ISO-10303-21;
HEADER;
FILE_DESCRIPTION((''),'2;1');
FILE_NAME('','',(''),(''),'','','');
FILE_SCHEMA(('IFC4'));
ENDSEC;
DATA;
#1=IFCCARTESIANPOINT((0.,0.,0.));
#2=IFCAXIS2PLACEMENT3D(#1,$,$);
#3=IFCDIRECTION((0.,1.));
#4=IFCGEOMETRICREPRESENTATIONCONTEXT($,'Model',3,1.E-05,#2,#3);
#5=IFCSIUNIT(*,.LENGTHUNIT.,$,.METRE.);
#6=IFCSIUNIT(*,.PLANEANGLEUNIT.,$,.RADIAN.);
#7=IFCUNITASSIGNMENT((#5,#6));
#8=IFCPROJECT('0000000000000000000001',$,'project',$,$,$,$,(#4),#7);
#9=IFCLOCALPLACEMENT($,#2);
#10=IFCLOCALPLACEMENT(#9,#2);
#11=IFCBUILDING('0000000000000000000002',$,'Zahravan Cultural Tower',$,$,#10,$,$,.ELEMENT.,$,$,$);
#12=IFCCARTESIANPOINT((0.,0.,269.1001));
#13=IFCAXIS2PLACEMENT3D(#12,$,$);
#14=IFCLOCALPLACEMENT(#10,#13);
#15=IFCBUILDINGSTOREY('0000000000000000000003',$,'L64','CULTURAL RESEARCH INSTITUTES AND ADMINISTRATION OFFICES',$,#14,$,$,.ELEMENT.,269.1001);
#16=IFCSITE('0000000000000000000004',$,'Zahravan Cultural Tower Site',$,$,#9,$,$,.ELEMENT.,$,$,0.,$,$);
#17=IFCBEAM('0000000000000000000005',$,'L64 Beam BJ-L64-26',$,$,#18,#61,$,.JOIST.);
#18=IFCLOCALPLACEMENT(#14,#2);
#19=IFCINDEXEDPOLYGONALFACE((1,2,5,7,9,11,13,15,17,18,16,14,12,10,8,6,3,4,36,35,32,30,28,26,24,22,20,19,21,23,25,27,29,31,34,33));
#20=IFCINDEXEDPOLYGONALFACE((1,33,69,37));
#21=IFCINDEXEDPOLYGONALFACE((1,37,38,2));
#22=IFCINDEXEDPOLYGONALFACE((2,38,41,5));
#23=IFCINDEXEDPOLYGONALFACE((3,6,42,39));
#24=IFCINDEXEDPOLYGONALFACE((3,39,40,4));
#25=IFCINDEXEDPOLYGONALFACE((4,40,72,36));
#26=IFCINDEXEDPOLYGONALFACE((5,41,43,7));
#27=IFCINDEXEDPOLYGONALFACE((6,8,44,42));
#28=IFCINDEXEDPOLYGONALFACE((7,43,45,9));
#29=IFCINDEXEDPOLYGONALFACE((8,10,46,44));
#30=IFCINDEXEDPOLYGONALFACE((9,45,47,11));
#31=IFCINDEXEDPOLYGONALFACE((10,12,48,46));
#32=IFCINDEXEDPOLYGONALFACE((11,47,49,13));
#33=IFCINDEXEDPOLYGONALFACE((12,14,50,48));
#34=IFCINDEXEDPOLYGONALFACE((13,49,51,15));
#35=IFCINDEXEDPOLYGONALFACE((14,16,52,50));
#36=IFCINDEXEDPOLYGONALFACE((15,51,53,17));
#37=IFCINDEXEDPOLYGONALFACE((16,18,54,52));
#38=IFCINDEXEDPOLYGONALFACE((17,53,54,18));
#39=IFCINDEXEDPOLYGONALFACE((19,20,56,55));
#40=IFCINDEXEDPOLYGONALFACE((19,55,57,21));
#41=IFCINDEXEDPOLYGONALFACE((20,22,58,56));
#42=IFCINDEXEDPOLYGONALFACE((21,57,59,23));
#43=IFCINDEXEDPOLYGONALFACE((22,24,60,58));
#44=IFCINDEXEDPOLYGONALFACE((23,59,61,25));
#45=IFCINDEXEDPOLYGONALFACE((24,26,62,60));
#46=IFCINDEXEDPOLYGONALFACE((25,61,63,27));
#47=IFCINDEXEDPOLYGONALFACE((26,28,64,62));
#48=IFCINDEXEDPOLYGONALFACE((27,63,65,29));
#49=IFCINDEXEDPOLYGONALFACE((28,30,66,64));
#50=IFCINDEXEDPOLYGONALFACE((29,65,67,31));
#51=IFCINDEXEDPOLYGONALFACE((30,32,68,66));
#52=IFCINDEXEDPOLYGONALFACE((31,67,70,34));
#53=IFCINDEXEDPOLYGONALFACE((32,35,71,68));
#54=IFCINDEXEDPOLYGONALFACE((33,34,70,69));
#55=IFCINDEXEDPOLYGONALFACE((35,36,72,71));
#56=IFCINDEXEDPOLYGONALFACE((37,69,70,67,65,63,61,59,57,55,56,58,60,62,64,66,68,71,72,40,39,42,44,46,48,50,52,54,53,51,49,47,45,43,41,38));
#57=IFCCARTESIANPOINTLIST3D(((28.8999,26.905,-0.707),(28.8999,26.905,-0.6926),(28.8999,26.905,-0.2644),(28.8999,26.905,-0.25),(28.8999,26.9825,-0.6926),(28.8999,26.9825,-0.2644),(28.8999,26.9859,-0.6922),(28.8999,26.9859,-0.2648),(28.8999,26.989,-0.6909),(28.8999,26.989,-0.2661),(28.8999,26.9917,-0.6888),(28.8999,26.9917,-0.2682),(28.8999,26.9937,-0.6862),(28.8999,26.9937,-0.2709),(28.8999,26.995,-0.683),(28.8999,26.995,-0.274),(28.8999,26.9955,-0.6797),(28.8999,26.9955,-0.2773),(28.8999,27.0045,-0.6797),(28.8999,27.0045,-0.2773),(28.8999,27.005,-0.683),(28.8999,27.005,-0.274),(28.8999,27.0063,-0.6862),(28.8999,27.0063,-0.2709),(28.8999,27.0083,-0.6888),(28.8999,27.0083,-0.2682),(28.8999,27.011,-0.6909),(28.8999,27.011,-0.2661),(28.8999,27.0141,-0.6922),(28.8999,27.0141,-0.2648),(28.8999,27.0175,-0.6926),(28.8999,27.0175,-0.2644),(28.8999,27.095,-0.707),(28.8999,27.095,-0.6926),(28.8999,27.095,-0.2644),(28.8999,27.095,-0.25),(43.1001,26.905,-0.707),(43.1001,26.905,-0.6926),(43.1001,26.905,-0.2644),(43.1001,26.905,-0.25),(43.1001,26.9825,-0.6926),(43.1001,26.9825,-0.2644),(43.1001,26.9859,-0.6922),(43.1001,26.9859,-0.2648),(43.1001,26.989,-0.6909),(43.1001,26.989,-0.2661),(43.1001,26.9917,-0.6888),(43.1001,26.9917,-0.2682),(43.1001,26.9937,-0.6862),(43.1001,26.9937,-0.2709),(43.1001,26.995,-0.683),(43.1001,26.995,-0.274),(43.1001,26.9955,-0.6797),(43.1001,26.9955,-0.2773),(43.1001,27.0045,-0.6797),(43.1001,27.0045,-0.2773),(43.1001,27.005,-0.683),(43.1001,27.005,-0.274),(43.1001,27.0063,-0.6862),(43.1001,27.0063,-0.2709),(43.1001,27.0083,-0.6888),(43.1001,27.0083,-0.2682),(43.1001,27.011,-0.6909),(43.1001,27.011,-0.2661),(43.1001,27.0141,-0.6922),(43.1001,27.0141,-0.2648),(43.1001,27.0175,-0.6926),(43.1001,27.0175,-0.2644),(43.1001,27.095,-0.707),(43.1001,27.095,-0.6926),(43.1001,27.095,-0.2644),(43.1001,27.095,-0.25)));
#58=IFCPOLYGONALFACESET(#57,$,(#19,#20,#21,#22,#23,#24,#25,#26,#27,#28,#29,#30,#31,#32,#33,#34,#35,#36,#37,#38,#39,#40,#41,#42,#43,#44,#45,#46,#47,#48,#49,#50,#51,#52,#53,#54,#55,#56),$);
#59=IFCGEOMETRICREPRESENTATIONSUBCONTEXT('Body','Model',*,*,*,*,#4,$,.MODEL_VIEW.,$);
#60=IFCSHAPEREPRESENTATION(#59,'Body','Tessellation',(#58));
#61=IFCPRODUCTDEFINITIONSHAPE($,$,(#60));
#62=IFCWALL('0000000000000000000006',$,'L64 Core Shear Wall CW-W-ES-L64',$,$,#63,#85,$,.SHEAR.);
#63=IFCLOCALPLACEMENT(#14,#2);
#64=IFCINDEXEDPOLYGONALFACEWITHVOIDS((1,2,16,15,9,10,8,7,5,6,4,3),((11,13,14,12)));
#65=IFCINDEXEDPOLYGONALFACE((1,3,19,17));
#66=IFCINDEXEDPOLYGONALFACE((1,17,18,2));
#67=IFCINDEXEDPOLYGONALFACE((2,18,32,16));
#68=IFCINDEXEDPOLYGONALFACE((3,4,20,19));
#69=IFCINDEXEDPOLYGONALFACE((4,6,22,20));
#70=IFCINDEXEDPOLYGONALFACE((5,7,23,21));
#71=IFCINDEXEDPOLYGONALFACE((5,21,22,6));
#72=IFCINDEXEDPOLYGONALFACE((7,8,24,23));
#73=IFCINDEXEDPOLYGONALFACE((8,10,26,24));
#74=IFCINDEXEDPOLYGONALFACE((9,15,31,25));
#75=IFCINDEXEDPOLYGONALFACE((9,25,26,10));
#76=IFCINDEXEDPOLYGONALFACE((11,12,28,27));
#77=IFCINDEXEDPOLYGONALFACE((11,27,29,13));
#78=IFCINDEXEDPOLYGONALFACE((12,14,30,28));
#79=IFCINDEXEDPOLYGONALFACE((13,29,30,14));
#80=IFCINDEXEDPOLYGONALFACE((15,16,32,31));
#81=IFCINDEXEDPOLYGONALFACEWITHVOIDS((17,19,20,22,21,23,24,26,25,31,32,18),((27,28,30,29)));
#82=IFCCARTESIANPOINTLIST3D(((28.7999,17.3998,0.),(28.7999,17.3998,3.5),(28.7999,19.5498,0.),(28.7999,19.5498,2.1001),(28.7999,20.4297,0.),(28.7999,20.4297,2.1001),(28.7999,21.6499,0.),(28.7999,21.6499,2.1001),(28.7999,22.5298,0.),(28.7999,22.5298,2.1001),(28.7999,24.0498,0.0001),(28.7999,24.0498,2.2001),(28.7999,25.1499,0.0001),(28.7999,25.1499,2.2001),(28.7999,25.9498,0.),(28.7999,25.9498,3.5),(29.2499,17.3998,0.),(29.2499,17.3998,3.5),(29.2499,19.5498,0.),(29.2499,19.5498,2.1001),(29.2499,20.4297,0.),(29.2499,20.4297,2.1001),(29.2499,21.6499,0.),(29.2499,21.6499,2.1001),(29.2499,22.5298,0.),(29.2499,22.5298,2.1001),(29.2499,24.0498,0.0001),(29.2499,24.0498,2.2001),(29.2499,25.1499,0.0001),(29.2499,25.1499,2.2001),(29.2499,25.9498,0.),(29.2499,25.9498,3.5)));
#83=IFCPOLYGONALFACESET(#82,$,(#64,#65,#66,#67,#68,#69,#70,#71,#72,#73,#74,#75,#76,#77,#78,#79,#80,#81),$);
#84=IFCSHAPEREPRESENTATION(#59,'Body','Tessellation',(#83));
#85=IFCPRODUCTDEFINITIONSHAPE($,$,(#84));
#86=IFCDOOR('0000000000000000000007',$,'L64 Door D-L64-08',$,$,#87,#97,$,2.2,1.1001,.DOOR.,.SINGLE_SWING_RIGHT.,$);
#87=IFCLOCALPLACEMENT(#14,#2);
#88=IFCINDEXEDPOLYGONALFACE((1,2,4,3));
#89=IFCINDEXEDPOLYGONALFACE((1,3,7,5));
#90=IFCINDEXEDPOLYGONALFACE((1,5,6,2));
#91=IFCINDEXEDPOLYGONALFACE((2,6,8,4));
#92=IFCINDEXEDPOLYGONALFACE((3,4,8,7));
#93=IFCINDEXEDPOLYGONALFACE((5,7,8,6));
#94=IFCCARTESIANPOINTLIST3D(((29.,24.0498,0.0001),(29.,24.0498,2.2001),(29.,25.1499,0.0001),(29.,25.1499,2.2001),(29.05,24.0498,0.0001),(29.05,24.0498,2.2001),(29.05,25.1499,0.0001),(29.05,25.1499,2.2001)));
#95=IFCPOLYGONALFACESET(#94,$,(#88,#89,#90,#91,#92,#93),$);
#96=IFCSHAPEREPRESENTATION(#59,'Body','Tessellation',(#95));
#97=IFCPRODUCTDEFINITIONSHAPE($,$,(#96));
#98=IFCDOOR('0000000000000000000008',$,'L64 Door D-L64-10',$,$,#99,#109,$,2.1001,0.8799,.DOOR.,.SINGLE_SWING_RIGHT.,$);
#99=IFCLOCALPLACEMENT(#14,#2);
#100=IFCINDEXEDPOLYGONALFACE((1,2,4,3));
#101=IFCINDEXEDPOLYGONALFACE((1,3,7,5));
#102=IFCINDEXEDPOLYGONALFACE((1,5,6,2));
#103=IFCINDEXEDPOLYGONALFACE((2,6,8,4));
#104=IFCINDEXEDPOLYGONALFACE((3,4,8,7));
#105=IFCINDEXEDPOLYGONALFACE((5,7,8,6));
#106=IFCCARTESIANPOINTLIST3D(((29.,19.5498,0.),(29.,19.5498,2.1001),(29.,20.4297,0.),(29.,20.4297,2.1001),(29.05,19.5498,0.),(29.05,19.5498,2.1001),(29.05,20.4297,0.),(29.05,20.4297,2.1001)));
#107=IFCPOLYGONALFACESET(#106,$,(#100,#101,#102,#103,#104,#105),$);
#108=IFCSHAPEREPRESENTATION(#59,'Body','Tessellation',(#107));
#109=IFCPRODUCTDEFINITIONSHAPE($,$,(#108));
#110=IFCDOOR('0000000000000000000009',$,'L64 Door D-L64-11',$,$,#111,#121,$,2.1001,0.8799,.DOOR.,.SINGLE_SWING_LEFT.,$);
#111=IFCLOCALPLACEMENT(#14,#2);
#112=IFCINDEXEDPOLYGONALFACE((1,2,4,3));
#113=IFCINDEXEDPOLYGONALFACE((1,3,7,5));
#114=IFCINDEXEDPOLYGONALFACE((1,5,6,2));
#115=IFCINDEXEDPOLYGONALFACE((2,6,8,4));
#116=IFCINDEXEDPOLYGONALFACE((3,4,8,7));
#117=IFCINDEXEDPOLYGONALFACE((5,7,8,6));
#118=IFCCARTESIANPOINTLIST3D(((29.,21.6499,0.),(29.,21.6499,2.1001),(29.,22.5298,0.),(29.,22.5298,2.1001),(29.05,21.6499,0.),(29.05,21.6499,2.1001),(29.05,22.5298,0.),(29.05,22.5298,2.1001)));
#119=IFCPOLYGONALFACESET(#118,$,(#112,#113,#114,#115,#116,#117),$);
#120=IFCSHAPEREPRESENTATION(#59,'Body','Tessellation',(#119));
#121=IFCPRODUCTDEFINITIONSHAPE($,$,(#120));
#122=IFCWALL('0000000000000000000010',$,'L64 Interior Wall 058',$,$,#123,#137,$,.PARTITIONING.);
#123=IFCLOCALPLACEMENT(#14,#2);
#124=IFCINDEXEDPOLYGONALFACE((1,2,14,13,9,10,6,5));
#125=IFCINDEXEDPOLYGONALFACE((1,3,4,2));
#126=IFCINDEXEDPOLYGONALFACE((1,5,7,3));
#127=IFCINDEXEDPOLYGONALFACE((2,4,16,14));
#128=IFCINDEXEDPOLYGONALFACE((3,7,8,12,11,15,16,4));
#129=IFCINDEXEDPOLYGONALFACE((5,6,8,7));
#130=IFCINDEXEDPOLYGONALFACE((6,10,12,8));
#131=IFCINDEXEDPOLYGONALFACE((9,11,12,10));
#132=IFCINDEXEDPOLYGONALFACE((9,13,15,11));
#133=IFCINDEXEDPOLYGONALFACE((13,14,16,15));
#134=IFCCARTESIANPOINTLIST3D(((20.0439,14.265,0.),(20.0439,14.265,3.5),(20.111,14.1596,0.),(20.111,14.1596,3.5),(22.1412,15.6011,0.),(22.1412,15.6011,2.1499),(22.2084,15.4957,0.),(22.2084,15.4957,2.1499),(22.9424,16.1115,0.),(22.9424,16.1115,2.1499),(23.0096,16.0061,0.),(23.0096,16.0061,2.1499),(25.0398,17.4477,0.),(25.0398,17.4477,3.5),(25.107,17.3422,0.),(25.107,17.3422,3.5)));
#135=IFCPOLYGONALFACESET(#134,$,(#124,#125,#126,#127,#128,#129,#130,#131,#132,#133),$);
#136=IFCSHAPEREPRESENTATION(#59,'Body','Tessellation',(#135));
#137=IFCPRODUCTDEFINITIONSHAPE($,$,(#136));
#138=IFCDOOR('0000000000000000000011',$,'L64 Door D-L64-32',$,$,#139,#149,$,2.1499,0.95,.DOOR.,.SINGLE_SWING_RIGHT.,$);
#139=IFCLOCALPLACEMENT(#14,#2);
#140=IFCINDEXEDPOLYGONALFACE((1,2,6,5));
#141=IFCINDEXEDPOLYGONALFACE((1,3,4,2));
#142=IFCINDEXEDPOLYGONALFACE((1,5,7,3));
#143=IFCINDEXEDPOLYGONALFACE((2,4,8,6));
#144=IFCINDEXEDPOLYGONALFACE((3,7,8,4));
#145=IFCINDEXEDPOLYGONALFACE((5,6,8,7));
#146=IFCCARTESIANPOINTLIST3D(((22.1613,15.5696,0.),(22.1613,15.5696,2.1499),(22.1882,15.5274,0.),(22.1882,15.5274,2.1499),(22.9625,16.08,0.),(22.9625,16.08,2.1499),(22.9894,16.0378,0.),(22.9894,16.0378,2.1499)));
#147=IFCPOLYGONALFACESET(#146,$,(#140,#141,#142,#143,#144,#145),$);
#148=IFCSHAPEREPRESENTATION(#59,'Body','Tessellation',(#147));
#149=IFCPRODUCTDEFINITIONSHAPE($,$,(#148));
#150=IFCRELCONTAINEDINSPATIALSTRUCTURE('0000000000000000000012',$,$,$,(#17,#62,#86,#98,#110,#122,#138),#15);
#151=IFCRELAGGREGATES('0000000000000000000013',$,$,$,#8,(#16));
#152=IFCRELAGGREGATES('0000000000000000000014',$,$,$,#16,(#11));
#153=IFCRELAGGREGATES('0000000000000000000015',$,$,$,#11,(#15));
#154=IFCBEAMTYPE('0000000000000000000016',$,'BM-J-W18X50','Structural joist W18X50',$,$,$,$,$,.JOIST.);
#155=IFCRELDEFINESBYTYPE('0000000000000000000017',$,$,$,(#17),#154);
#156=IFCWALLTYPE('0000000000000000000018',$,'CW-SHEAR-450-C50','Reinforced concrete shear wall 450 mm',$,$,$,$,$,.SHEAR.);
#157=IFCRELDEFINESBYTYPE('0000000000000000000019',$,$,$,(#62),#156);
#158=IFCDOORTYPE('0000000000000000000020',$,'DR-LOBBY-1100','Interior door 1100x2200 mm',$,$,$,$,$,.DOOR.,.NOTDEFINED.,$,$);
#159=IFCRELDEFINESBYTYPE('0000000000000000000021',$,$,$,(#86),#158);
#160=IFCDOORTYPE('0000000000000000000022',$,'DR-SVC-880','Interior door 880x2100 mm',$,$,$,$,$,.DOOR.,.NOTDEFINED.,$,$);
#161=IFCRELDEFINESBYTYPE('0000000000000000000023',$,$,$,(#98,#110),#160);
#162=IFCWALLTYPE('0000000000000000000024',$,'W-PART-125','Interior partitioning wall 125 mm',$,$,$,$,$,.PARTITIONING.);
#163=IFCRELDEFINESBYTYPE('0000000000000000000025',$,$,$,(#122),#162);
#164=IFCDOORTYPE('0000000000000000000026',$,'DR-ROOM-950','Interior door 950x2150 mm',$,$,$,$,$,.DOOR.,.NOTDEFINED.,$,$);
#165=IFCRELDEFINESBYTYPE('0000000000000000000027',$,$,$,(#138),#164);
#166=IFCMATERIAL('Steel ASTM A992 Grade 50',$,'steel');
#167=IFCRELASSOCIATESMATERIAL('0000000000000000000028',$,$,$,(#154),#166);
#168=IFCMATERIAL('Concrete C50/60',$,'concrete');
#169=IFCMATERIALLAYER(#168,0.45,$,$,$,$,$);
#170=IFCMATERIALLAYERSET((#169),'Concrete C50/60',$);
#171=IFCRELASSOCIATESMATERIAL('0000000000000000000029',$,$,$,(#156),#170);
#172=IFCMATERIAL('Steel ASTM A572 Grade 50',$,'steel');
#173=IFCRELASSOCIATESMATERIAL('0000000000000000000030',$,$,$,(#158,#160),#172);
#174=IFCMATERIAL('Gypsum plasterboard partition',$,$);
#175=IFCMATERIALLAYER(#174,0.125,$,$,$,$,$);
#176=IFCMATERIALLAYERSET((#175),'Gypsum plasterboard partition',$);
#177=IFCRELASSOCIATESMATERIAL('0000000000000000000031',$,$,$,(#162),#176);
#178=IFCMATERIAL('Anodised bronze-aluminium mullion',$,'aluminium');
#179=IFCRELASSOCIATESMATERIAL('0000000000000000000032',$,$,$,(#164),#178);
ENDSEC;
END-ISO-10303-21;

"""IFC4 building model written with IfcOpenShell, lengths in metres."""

from ifc_helpers import new_model, si_unit, direction, frame, frame_2d, origin, origin_2d, place, context, subcontext, project, spatial, rectangle, i_section, extrude, source, transform, mapped, material, layer, layer_set, material_profile, profile_set, type_object, element, fill, save


model = new_model("IFC4")

# Units and contexts
model_context = context("Model", 3, precision=1e-05, world=origin(), true_north=direction((0.0, 1.0)))
body_context = subcontext(model_context, "Body", "Model", "MODEL_VIEW")
ifc_project = project(units=[si_unit("LENGTHUNIT", "METRE"), si_unit("PLANEANGLEUNIT", "RADIAN")], contexts=[model_context])

# Site, building, storey
site_placement = place(None, origin())
site = spatial("IfcSite", under=ifc_project, at=site_placement, Name="Zahravan Cultural Tower Site", CompositionType="ELEMENT", RefElevation=0.0)
building_placement = place(site_placement, origin())
building = spatial("IfcBuilding", under=site, at=building_placement, Name="Zahravan Cultural Tower", CompositionType="ELEMENT")
storey_placement = place(building_placement, frame((0.0, 0.0, 269.1001)))
storey = spatial("IfcBuildingStorey", under=building, at=storey_placement, Name="L64", Description="CULTURAL RESEARCH INSTITUTES AND ADMINISTRATION OFFICES", CompositionType="ELEMENT", Elevation=269.1001)

# Shared definitions
ifc_material_1 = material(Name="Concrete C50/60", Category="concrete")

# Beam
ifc_material_2 = material(Name="Steel ASTM A992 Grade 50", Category="steel")
ifc_material_profile_1 = material_profile(ifc_material_2, i_section(OverallWidth=0.1899, OverallDepth=0.457, WebThickness=0.009, FlangeThickness=0.0144, FilletRadius=0.0129, at=origin_2d()), Name="W18X50")
ifc_profile_set_1 = profile_set([ifc_material_profile_1], Name="Steel ASTM A992 Grade 50")
beam_type_1 = type_object("IfcBeamType", Name="BM-J-W18X50", Description="Structural joist W18X50", PredefinedType="JOIST", material=ifc_profile_set_1)
shared_shape_1 = source(origin(), body_context, "Body", "SweptSolid", [
    extrude(i_section(OverallWidth=0.1899, OverallDepth=0.457, WebThickness=0.009, FlangeThickness=0.0144, FilletRadius=0.0129, at=origin_2d()), origin(), (0.0, 0.0, 1.0), 14.2002),
])
for number, where, z_axis, x_axis, name in (
    (1, (28.8999, 27.0, -0.4785), (1.0, 0.0, 0.0), (0.0, 1.0, 0.0), "L64 Beam BJ-L64-26"),
):
    element("IfcBeam", number, at=place(storey_placement, frame(where, z_axis=z_axis, x_axis=x_axis)), inside=storey, type_object=beam_type_1, Name=name, PredefinedType="JOIST", context=body_context, shape_type="MappedRepresentation", body=[
        mapped(shared_shape_1, transform((0.0, 0.0, 0.0), x_axis=(1.0, 0.0, 0.0), y_axis=(0.0, 1.0, 0.0), z_axis=(0.0, 0.0, 1.0), scale=1.0)),
    ])

# Wall, openings, doors
ifc_layer_1 = layer(ifc_material_1, 0.45)
ifc_layer_set_1 = layer_set([ifc_layer_1], Name="Concrete C50/60")
wall_type_1 = type_object("IfcWallType", Name="CW-SHEAR-450-C50", Description="Reinforced concrete shear wall 450 mm", PredefinedType="SHEAR", material=ifc_layer_set_1)
wall_1_placement = place(storey_placement, frame((29.0249, 17.3999, 0.0), z_axis=(0.0, 0.0, 1.0), x_axis=(0.0, 1.0, 0.0)))
wall_1 = element("IfcWall", 2, at=wall_1_placement, inside=storey, type_object=wall_type_1, Name="L64 Core Shear Wall CW-W-ES-L64", PredefinedType="SHEAR", context=body_context, shape_type="SweptSolid", body=[
    extrude(rectangle(XDim=8.55, YDim=0.45, at=frame_2d((4.2749, 0.0))), origin(), (0.0, 0.0, 1.0), 3.5),
])
opening_1_placement = place(wall_1_placement, frame((6.6499, 0.0, 0.0)))
opening_1 = element("IfcOpeningElement", 3, at=opening_1_placement, cuts=wall_1, PredefinedType="OPENING", context=body_context, shape_type="SweptSolid", body=[
    extrude(rectangle(XDim=1.1001, YDim=2.2, at=frame_2d((0.55, 1.1001))), frame((0.0, 0.2349, 0.0), z_axis=(0.0, -1.0, 0.0), x_axis=(1.0, 0.0, 0.0)), (0.0, 0.0, 1.0), 0.47),
])
opening_2_placement = place(wall_1_placement, frame((2.1499, 0.0, 0.0)))
opening_2 = element("IfcOpeningElement", 4, at=opening_2_placement, cuts=wall_1, PredefinedType="OPENING", context=body_context, shape_type="SweptSolid", body=[
    extrude(rectangle(XDim=0.8799, YDim=2.1001, at=frame_2d((0.4399, 1.05))), frame((0.0, 0.2349, 0.0), z_axis=(0.0, -1.0, 0.0), x_axis=(1.0, 0.0, 0.0)), (0.0, 0.0, 1.0), 0.47),
])
opening_3_placement = place(wall_1_placement, frame((4.25, 0.0, 0.0)))
opening_3 = element("IfcOpeningElement", 5, at=opening_3_placement, cuts=wall_1, PredefinedType="OPENING", context=body_context, shape_type="SweptSolid", body=[
    extrude(rectangle(XDim=0.8799, YDim=2.1001, at=frame_2d((0.4399, 1.05))), frame((0.0, 0.2349, 0.0), z_axis=(0.0, -1.0, 0.0), x_axis=(1.0, 0.0, 0.0)), (0.0, 0.0, 1.0), 0.47),
])
ifc_material_3 = material(Name="Steel ASTM A572 Grade 50", Category="steel")
door_type_1 = type_object("IfcDoorType", Name="DR-LOBBY-1100", Description="Interior door 1100x2200 mm", OperationType="NOTDEFINED", PredefinedType="DOOR", material=ifc_material_3)
shared_shape_2 = source(origin(), body_context, "Body", "SweptSolid", [
    extrude(rectangle(XDim=1.1001, YDim=2.2, at=frame_2d((0.55, 1.1001))), frame((0.0, 0.0249, 0.0), z_axis=(0.0, -1.0, 0.0), x_axis=(1.0, 0.0, 0.0)), (0.0, 0.0, 1.0), 0.05),
])
door_1_placement = place(opening_1_placement, origin())
door_1 = element("IfcDoor", 6, at=door_1_placement, inside=storey, type_object=door_type_1, Name="L64 Door D-L64-08", OperationType="SINGLE_SWING_RIGHT", OverallHeight=2.2, OverallWidth=1.1001, PredefinedType="DOOR", context=body_context, shape_type="MappedRepresentation", body=[
    mapped(shared_shape_2, transform((0.0, 0.0, 0.0), x_axis=(1.0, 0.0, 0.0), y_axis=(0.0, 1.0, 0.0), z_axis=(0.0, 0.0, 1.0), scale=1.0)),
])
fill(opening_1, door_1)
door_type_2 = type_object("IfcDoorType", Name="DR-SVC-880", Description="Interior door 880x2100 mm", OperationType="NOTDEFINED", PredefinedType="DOOR", material=ifc_material_3)
shared_shape_3 = source(origin(), body_context, "Body", "SweptSolid", [
    extrude(rectangle(XDim=0.8799, YDim=2.1001, at=frame_2d((0.4399, 1.05))), frame((0.0, 0.0249, 0.0), z_axis=(0.0, -1.0, 0.0), x_axis=(1.0, 0.0, 0.0)), (0.0, 0.0, 1.0), 0.05),
])
door_2_placement = place(opening_2_placement, origin())
door_2 = element("IfcDoor", 7, at=door_2_placement, inside=storey, type_object=door_type_2, Name="L64 Door D-L64-10", OperationType="SINGLE_SWING_RIGHT", OverallHeight=2.1001, OverallWidth=0.8799, PredefinedType="DOOR", context=body_context, shape_type="MappedRepresentation", body=[
    mapped(shared_shape_3, transform((0.0, 0.0, 0.0), x_axis=(1.0, 0.0, 0.0), y_axis=(0.0, 1.0, 0.0), z_axis=(0.0, 0.0, 1.0), scale=1.0)),
])
fill(opening_2, door_2)
door_3_placement = place(opening_3_placement, origin())
door_3 = element("IfcDoor", 8, at=door_3_placement, inside=storey, type_object=door_type_2, Name="L64 Door D-L64-11", OperationType="SINGLE_SWING_LEFT", OverallHeight=2.1001, OverallWidth=0.8799, PredefinedType="DOOR", context=body_context, shape_type="MappedRepresentation", body=[
    mapped(shared_shape_3, transform((0.0, 0.0, 0.0), x_axis=(1.0, 0.0, 0.0), y_axis=(0.0, 1.0, 0.0), z_axis=(0.0, 0.0, 1.0), scale=1.0)),
])
fill(opening_3, door_3)

# Wall, opening, door
ifc_material_4 = material(Name="Gypsum plasterboard partition")
ifc_layer_2 = layer(ifc_material_4, 0.125)
ifc_layer_set_2 = layer_set([ifc_layer_2], Name="Gypsum plasterboard partition")
wall_type_2 = type_object("IfcWallType", Name="W-PART-125", Description="Interior partitioning wall 125 mm", PredefinedType="PARTITIONING", material=ifc_layer_set_2)
wall_2_placement = place(storey_placement, frame((25.0735, 17.395, 0.0), z_axis=(0.0, 0.0, 1.0), x_axis=(-0.843398, -0.537289, 0.0)))
wall_2 = element("IfcWall", 9, at=wall_2_placement, inside=storey, type_object=wall_type_2, Name="L64 Interior Wall 058", PredefinedType="PARTITIONING", context=body_context, shape_type="SweptSolid", body=[
    extrude(rectangle(XDim=5.9236, YDim=0.125, at=frame_2d((2.9619, 0.0))), origin(), (0.0, 0.0, 1.0), 3.5),
])
opening_4_placement = place(wall_2_placement, frame((2.4868, 0.0, 0.0)))
opening_4 = element("IfcOpeningElement", 10, at=opening_4_placement, cuts=wall_2, PredefinedType="OPENING", context=body_context, shape_type="SweptSolid", body=[
    extrude(rectangle(XDim=0.95, YDim=2.1499, at=frame_2d((0.4751, 1.075))), frame((0.0, 0.0725, 0.0), z_axis=(0.0, -1.0, 0.0), x_axis=(1.0, 0.0, 0.0)), (0.0, 0.0, 1.0), 0.145),
])
ifc_material_5 = material(Name="Anodised bronze-aluminium mullion", Category="aluminium")
door_type_3 = type_object("IfcDoorType", Name="DR-ROOM-950", Description="Interior door 950x2150 mm", OperationType="NOTDEFINED", PredefinedType="DOOR", material=ifc_material_5)
shared_shape_4 = source(origin(), body_context, "Body", "SweptSolid", [
    extrude(rectangle(XDim=0.95, YDim=2.1499, at=frame_2d((0.4751, 1.075))), frame((0.0, 0.0249, 0.0), z_axis=(0.0, -1.0, 0.0), x_axis=(1.0, 0.0, 0.0)), (0.0, 0.0, 1.0), 0.05),
])
door_4_placement = place(opening_4_placement, origin())
door_4 = element("IfcDoor", 11, at=door_4_placement, inside=storey, type_object=door_type_3, Name="L64 Door D-L64-32", OperationType="SINGLE_SWING_RIGHT", OverallHeight=2.1499, OverallWidth=0.95, PredefinedType="DOOR", context=body_context, shape_type="MappedRepresentation", body=[
    mapped(shared_shape_4, transform((0.0, 0.0, 0.0), x_axis=(1.0, 0.0, 0.0), y_axis=(0.0, 1.0, 0.0), z_axis=(0.0, 0.0, 1.0), scale=1.0)),
])
fill(opening_4, door_4)

save(model, "model.ifc")
